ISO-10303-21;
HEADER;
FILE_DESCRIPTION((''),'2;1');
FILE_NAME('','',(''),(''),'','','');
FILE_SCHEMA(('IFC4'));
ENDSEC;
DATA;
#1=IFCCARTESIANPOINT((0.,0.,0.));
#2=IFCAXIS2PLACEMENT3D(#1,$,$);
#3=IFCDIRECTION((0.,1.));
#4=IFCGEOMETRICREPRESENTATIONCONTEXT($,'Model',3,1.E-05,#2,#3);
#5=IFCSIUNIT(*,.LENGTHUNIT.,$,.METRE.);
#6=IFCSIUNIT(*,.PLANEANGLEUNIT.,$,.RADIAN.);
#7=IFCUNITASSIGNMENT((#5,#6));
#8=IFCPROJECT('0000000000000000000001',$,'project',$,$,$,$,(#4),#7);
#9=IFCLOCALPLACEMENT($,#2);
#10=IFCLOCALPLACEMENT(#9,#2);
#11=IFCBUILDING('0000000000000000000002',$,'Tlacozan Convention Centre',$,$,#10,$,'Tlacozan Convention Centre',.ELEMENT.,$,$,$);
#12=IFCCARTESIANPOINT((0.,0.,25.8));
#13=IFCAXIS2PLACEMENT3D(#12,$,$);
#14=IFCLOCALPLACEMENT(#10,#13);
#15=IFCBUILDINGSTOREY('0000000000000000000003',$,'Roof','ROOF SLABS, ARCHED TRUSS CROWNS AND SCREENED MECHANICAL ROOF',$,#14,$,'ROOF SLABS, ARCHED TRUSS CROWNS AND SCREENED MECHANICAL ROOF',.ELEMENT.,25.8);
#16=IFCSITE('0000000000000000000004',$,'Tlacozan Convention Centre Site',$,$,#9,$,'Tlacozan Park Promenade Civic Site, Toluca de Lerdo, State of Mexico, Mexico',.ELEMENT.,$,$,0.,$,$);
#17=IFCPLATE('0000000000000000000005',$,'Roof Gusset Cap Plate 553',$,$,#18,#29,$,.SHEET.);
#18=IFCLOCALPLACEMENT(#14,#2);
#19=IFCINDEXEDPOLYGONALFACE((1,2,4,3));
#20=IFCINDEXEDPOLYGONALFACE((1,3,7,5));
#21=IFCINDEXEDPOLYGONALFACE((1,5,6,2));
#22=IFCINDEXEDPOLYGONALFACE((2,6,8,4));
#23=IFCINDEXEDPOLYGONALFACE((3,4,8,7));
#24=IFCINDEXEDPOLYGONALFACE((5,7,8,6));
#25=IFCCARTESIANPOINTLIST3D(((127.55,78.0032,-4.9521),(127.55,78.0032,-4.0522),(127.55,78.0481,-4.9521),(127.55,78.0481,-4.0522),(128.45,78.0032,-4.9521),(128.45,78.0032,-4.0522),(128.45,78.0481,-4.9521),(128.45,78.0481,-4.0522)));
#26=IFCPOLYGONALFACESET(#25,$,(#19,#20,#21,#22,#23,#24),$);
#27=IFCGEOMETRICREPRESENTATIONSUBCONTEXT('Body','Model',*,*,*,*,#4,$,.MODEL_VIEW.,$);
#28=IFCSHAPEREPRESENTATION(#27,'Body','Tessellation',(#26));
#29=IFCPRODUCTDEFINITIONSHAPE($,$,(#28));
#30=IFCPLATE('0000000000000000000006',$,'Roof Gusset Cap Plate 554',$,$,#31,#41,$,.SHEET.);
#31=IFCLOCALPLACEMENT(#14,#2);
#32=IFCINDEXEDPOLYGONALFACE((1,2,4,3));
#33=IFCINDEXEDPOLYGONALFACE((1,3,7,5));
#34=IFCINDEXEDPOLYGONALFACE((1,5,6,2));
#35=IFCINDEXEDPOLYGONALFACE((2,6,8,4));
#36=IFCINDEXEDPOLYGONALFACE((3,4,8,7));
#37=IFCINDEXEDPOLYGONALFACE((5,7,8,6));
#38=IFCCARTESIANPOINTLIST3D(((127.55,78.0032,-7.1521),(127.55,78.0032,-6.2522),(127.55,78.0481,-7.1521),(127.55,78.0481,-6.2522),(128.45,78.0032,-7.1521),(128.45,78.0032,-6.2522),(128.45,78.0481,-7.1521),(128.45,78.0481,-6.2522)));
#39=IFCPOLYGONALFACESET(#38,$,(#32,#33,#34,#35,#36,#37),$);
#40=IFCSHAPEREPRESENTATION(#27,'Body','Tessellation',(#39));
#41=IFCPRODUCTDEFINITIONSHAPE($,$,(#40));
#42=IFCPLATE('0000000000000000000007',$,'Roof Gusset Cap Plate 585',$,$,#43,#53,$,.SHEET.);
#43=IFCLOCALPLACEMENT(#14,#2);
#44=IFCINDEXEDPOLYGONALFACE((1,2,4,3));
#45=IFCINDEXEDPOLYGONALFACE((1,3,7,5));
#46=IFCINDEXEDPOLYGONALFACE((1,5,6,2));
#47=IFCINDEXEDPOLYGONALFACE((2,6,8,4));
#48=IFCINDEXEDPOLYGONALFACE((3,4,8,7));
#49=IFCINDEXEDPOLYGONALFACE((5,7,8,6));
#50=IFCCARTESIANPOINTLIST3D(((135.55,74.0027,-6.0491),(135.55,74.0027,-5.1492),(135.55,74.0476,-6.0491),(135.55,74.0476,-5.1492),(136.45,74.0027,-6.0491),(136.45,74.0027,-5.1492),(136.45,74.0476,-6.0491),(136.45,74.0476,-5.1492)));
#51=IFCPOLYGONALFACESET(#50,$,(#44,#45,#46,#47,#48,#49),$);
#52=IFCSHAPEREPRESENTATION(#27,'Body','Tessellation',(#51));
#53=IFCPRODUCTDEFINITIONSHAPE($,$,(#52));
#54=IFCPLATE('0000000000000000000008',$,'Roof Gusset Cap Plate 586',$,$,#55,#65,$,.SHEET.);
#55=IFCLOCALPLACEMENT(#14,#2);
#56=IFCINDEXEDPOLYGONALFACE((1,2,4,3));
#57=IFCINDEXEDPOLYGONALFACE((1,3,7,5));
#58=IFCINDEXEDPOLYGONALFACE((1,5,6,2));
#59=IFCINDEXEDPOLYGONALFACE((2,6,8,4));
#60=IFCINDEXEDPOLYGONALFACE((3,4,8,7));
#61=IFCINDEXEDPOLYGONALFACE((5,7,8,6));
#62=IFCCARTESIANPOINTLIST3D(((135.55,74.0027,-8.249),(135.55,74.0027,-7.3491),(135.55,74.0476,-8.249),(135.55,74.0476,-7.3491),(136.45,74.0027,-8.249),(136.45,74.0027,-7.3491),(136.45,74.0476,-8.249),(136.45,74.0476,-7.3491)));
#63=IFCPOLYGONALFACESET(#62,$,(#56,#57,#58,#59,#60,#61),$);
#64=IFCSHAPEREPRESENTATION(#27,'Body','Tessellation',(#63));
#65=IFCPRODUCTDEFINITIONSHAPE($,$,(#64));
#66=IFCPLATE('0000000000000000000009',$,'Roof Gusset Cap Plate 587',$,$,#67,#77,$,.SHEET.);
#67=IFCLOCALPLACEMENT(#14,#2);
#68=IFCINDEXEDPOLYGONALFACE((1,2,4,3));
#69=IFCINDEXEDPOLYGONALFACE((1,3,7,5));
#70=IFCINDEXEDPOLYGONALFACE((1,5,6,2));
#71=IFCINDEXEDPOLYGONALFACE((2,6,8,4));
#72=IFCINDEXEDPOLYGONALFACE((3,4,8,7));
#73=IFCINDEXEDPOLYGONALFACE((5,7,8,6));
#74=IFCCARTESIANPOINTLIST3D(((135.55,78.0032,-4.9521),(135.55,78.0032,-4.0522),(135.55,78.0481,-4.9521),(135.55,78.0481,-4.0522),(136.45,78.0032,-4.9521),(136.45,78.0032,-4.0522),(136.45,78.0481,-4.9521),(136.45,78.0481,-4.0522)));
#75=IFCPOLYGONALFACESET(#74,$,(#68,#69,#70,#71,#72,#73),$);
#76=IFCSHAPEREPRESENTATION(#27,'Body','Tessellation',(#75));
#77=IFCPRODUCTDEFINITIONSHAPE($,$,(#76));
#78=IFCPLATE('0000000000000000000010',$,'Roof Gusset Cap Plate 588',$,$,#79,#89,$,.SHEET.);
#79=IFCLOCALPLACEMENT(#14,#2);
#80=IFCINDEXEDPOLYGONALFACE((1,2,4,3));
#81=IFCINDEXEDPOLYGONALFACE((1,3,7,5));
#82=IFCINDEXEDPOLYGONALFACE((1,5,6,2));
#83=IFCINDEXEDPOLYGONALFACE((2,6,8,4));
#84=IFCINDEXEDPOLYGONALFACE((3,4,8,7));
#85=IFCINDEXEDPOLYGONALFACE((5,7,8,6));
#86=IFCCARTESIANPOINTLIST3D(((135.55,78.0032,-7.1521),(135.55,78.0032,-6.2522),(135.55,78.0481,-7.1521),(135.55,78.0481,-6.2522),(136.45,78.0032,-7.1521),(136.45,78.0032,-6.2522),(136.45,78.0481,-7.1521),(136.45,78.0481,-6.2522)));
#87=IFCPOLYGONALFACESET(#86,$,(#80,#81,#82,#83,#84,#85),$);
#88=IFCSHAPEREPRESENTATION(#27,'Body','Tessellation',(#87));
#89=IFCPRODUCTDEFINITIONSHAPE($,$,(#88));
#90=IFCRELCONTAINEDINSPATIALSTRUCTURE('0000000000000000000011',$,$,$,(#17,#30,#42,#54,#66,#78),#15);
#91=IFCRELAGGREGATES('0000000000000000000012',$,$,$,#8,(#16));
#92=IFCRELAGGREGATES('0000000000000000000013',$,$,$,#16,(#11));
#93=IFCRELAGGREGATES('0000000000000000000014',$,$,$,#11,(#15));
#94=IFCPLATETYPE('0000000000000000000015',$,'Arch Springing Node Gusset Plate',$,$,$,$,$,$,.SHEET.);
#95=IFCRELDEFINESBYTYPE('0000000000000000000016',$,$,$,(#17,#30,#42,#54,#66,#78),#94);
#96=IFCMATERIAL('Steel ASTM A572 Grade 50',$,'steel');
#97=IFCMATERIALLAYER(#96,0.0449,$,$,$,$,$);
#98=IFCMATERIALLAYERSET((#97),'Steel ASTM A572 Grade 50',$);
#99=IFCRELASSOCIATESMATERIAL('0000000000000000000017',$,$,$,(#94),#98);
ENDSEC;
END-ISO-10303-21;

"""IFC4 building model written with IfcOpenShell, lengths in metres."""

from ifc_helpers import new_model, si_unit, direction, frame, origin, origin_2d, place, context, subcontext, project, spatial, rectangle, extrude, material, layer, layer_set, type_object, element, save


model = new_model("IFC4")

# Units and contexts
model_context = context("Model", 3, precision=1e-05, world=origin(), true_north=direction((0.0, 1.0)))
body_context = subcontext(model_context, "Body", "Model", "MODEL_VIEW")
ifc_project = project(units=[si_unit("LENGTHUNIT", "METRE"), si_unit("PLANEANGLEUNIT", "RADIAN")], contexts=[model_context])

# Site, building, storey
site_placement = place(None, origin())
site = spatial("IfcSite", under=ifc_project, at=site_placement, Name="Tlacozan Convention Centre Site", LongName="Tlacozan Park Promenade Civic Site, Toluca de Lerdo, State of Mexico, Mexico", CompositionType="ELEMENT", RefElevation=0.0)
building_placement = place(site_placement, origin())
building = spatial("IfcBuilding", under=site, at=building_placement, Name="Tlacozan Convention Centre", LongName="Tlacozan Convention Centre", CompositionType="ELEMENT")
storey_placement = place(building_placement, frame((0.0, 0.0, 25.8)))
storey = spatial("IfcBuildingStorey", under=building, at=storey_placement, Name="Roof", Description="ROOF SLABS, ARCHED TRUSS CROWNS AND SCREENED MECHANICAL ROOF", LongName="ROOF SLABS, ARCHED TRUSS CROWNS AND SCREENED MECHANICAL ROOF", CompositionType="ELEMENT", Elevation=25.8)

# Plates
ifc_material_1 = material(Name="Steel ASTM A572 Grade 50", Category="steel")
ifc_layer = layer(ifc_material_1, 0.0449)
ifc_layer_set = layer_set([ifc_layer], Name="Steel ASTM A572 Grade 50")
plate_type = type_object("IfcPlateType", Name="Arch Springing Node Gusset Plate", PredefinedType="SHEET", material=ifc_layer_set)
for number, where, z_axis, x_axis, name in (
    (1, (128.0, 78.0256, -4.9521), (0.0, 0.0, 1.0), (0.0, 1.0, 0.0), "Roof Gusset Cap Plate 553"),
    (2, (128.0, 78.0256, -7.1521), (0.0, 0.0, 1.0), (0.0, 1.0, 0.0), "Roof Gusset Cap Plate 554"),
    (3, (136.0, 74.0251, -6.0491), (0.0, 0.0, 1.0), (0.0, 1.0, 0.0), "Roof Gusset Cap Plate 585"),
    (4, (136.0, 74.0251, -8.249), (0.0, 0.0, 1.0), (0.0, 1.0, 0.0), "Roof Gusset Cap Plate 586"),
    (5, (136.0, 78.0256, -4.9521), (0.0, 0.0, 1.0), (0.0, 1.0, 0.0), "Roof Gusset Cap Plate 587"),
    (6, (136.0, 78.0256, -7.1521), (0.0, 0.0, 1.0), (0.0, 1.0, 0.0), "Roof Gusset Cap Plate 588"),
):
    element("IfcPlate", number, at=place(storey_placement, frame(where, z_axis=z_axis, x_axis=x_axis)), inside=storey, type_object=plate_type, Name=name, PredefinedType="SHEET", context=body_context, shape_type="SweptSolid", body=[
        extrude(rectangle(XDim=0.0449, YDim=0.8999, at=origin_2d()), origin(), (0.0, 0.0, 1.0), 0.8999),
    ])

save(model, "model.ifc")
